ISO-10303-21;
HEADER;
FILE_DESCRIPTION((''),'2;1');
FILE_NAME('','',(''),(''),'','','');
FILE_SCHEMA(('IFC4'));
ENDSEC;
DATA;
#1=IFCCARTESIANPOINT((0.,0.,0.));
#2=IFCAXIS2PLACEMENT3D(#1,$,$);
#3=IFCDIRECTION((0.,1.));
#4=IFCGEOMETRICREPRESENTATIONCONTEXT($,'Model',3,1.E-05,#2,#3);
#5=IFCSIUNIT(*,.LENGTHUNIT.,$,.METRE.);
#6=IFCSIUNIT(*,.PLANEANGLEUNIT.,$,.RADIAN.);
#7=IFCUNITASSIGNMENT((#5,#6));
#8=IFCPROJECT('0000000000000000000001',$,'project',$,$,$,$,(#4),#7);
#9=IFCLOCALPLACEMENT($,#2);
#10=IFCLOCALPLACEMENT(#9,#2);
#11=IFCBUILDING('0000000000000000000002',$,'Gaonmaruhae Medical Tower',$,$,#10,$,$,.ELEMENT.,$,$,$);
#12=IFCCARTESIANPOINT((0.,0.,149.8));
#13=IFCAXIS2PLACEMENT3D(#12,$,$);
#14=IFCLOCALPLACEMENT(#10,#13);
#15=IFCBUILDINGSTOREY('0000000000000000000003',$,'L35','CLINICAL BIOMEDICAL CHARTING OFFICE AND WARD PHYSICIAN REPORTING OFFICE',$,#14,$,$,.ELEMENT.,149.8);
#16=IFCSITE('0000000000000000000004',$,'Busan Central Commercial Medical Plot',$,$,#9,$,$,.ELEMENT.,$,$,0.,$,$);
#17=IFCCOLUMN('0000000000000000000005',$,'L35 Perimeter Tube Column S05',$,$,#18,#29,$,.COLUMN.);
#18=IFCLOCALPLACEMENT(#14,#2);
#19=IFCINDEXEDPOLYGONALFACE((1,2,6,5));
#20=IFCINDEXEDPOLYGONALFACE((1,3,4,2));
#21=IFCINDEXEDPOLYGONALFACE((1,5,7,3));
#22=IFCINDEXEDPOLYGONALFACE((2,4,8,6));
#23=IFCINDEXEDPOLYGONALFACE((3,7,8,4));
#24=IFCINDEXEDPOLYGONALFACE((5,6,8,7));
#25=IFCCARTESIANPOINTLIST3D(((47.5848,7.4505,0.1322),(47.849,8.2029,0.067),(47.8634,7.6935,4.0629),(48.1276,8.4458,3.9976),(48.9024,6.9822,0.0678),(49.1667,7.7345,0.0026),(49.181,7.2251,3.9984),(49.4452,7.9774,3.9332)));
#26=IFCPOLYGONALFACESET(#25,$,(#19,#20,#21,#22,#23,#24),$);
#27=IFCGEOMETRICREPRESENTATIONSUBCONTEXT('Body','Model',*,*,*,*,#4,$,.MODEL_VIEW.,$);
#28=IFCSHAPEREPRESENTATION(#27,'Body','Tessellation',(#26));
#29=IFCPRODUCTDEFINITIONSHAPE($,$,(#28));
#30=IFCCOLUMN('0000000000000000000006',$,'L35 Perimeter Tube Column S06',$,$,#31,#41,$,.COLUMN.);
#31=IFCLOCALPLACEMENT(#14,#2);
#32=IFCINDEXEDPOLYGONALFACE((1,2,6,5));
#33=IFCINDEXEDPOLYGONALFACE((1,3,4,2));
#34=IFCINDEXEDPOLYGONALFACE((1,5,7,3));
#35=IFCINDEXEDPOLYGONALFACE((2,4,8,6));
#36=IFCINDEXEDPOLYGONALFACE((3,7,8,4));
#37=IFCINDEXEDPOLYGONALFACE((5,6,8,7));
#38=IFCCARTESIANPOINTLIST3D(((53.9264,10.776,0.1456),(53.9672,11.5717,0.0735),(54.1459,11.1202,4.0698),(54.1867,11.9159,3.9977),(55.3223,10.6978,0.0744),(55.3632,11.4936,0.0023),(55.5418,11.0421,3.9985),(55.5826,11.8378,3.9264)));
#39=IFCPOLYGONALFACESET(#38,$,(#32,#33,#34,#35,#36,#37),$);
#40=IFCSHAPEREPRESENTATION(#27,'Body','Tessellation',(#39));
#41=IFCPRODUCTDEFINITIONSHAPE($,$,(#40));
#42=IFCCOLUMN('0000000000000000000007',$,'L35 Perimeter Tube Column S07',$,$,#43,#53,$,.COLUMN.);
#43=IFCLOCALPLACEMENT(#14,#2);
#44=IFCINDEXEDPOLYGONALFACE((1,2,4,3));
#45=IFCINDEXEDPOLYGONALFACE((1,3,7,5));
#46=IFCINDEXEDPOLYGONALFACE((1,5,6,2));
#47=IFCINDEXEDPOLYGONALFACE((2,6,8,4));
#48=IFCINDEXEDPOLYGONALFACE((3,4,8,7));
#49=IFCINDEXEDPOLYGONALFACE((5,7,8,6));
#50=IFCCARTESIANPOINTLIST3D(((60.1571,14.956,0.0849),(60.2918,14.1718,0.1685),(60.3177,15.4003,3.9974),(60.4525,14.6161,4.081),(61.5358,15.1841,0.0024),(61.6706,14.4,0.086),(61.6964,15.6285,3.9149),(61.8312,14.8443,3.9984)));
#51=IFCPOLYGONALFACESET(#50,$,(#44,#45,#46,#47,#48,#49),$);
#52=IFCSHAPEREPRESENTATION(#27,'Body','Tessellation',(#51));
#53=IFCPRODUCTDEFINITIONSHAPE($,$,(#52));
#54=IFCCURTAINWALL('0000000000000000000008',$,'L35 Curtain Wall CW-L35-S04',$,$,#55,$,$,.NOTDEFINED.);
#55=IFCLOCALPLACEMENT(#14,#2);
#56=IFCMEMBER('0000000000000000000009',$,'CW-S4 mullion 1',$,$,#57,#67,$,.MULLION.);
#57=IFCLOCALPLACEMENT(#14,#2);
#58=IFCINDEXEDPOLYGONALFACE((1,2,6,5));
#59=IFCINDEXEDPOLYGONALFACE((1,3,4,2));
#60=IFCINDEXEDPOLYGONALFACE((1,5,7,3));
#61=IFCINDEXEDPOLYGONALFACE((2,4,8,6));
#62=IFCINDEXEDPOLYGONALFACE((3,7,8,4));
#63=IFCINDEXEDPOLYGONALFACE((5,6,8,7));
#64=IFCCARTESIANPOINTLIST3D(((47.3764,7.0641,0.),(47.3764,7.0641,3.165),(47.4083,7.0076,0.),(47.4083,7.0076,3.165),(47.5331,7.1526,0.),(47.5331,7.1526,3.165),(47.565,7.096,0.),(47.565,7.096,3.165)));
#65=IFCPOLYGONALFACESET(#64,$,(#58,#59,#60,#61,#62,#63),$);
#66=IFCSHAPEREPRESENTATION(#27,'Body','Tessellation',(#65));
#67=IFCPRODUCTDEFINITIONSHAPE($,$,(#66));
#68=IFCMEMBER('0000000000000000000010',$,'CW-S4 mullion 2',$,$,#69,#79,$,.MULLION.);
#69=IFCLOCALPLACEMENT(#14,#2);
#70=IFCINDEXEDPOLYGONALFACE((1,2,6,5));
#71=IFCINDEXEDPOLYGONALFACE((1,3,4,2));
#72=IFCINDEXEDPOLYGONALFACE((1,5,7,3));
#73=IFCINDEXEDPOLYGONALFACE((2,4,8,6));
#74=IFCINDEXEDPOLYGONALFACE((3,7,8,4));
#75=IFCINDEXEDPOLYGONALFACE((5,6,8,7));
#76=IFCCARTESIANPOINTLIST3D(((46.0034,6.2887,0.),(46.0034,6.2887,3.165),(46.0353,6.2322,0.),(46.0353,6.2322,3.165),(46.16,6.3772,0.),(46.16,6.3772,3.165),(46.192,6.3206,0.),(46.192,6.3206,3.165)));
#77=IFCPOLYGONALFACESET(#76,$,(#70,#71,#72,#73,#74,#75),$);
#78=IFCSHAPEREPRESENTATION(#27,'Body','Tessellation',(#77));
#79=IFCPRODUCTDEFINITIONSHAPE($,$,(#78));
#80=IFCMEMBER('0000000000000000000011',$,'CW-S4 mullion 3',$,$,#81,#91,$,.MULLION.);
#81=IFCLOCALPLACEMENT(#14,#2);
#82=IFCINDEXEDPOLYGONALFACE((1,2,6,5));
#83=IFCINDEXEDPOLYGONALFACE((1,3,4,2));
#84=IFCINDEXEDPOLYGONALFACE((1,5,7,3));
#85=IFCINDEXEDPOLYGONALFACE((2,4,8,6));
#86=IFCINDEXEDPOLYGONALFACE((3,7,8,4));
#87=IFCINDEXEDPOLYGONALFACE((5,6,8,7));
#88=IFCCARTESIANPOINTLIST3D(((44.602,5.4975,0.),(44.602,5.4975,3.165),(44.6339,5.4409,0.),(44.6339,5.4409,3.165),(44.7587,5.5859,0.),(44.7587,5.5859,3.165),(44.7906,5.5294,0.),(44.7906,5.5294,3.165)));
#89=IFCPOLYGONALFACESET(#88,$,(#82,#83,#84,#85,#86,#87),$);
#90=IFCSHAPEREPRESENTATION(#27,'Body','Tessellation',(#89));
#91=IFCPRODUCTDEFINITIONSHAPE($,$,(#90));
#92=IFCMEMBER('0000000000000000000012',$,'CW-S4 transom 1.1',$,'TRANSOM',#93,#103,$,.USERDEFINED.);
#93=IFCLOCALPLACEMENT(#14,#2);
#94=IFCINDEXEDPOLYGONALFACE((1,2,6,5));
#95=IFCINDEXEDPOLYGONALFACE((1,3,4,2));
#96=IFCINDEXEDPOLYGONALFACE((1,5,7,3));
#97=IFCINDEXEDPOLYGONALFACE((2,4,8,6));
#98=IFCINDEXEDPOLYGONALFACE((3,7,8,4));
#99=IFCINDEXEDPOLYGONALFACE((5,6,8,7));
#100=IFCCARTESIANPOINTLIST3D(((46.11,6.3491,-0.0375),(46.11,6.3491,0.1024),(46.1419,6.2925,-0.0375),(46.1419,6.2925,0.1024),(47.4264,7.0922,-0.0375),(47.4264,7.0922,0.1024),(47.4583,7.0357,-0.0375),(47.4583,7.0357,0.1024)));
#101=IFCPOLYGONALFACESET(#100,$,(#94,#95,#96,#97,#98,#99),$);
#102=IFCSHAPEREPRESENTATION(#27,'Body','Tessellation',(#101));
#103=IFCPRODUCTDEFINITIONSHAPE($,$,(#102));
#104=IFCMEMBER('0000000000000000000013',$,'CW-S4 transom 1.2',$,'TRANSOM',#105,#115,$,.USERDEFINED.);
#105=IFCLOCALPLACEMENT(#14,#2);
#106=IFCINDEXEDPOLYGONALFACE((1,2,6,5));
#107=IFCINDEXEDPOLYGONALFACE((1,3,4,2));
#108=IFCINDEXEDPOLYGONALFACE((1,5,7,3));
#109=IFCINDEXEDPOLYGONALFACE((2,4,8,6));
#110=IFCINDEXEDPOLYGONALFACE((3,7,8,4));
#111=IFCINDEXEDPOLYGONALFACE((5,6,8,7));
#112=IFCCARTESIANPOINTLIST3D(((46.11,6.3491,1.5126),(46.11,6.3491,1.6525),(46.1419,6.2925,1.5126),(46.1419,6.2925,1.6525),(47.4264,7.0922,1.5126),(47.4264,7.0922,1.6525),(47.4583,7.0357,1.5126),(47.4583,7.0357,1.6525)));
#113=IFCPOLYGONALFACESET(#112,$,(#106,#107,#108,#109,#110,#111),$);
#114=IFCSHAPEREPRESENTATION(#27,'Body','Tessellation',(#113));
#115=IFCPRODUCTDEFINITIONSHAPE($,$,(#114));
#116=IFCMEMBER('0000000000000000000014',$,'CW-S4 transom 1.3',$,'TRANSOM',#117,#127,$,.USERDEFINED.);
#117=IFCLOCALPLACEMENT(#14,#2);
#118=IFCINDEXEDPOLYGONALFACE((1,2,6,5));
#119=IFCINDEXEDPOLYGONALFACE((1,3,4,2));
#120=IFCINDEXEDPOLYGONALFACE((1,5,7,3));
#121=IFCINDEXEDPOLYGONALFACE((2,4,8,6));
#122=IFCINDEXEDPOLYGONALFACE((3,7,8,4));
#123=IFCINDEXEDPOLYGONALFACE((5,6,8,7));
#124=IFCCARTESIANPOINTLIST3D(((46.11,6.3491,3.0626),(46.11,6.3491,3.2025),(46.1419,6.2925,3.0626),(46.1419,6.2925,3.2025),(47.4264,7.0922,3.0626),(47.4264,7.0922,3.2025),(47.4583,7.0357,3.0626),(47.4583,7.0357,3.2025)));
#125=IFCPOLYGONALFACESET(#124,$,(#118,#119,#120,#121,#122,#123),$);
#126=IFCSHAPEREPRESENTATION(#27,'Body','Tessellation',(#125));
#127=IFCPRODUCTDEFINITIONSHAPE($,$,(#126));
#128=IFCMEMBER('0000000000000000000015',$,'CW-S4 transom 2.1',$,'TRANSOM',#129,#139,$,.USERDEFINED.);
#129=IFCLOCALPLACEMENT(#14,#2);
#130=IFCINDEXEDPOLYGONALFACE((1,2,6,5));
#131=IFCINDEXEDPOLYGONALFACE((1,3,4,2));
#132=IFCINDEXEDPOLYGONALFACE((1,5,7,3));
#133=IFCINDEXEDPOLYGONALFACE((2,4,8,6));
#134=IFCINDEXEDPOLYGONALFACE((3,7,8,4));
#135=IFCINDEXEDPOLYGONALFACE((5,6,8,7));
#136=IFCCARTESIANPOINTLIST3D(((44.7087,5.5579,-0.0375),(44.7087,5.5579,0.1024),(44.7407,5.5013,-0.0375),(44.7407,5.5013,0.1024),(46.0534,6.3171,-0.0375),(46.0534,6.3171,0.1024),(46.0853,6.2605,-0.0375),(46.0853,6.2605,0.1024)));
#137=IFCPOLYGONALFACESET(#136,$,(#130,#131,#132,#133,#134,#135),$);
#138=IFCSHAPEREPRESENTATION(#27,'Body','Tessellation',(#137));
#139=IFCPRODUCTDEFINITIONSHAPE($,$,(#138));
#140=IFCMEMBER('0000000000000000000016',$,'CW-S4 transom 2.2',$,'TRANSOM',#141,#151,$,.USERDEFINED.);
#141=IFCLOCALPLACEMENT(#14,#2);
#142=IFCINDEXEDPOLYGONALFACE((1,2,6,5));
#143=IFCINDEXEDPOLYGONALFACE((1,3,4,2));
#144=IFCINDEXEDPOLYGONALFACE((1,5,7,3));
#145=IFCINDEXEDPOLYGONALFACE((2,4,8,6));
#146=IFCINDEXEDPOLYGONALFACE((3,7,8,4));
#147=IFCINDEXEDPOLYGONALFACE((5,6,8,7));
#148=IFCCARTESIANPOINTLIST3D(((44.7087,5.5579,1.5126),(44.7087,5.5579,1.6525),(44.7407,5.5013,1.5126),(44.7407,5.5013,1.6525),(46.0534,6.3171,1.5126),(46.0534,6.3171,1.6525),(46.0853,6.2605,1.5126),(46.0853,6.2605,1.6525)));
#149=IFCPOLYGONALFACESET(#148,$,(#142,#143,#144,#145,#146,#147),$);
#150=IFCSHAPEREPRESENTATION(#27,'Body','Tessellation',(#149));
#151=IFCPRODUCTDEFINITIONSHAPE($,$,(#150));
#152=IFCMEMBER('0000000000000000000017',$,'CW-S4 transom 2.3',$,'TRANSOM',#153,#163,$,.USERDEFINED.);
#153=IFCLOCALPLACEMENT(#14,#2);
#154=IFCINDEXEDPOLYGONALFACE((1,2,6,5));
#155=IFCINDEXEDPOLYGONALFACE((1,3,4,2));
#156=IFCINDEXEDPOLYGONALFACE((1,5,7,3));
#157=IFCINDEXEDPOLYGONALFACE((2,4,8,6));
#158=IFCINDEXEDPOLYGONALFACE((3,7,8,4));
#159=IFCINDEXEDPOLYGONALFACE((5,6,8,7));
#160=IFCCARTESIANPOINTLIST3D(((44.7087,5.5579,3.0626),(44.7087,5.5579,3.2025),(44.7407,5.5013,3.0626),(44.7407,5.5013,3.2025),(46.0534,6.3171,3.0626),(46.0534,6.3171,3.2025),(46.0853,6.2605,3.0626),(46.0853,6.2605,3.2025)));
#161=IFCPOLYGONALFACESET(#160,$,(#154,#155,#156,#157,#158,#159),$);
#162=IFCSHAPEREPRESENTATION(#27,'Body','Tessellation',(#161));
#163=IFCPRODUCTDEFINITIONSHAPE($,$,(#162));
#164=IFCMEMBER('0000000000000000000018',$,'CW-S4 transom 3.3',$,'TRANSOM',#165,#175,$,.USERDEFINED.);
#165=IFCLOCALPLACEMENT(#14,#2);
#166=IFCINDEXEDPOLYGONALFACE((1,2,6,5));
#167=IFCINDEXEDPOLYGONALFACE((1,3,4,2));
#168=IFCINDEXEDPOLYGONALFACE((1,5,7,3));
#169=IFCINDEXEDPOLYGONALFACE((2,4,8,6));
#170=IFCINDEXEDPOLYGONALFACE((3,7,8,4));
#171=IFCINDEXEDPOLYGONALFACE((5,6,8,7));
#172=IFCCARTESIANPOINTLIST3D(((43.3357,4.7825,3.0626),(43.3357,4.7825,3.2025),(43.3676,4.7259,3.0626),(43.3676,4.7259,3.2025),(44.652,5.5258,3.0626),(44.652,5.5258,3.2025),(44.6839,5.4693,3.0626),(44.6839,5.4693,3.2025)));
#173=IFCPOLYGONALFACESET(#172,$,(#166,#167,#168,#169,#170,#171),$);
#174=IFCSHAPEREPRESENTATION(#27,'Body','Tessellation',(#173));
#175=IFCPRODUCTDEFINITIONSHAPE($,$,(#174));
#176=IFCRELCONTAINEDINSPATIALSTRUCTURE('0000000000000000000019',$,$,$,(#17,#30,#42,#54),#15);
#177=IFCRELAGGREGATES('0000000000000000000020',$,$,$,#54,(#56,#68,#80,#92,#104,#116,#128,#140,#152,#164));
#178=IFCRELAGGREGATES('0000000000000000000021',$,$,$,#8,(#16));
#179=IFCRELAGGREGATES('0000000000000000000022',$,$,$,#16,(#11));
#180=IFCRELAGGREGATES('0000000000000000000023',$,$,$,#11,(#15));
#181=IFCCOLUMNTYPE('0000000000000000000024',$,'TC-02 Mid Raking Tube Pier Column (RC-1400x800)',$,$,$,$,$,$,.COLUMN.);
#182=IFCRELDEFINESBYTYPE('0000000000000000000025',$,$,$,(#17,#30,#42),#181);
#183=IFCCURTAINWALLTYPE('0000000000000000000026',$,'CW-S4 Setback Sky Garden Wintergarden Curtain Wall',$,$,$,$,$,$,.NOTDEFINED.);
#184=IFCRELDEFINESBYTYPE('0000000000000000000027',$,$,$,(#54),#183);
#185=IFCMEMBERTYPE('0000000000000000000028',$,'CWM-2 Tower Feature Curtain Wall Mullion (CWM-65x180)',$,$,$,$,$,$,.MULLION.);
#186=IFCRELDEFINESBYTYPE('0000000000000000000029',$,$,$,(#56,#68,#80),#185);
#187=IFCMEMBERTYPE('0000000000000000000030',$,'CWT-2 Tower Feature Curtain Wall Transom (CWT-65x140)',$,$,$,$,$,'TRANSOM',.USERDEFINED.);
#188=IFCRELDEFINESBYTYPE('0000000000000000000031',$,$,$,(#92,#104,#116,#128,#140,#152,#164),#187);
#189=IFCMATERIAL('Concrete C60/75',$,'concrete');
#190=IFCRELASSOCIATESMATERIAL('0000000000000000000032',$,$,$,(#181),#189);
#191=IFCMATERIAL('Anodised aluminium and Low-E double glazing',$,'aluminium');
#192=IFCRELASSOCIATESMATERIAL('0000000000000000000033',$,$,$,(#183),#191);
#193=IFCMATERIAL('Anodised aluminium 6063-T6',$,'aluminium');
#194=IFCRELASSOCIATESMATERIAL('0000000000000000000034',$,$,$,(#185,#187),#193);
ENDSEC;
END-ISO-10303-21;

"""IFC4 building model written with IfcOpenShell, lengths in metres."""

from ifc_helpers import new_model, si_unit, direction, frame, origin, origin_2d, place, context, subcontext, project, spatial, rectangle, extrude, material, material_profile, profile_set, type_object, element, aggregate, save


model = new_model("IFC4")

# Units and contexts
model_context = context("Model", 3, precision=1e-05, world=origin(), true_north=direction((0.0, 1.0)))
body_context = subcontext(model_context, "Body", "Model", "MODEL_VIEW")
ifc_project = project(units=[si_unit("LENGTHUNIT", "METRE"), si_unit("PLANEANGLEUNIT", "RADIAN")], contexts=[model_context])

# Site, building, storey
site_placement = place(None, origin())
site = spatial("IfcSite", under=ifc_project, at=site_placement, Name="Busan Central Commercial Medical Plot", CompositionType="ELEMENT", RefElevation=0.0)
building_placement = place(site_placement, origin())
building = spatial("IfcBuilding", under=site, at=building_placement, Name="Gaonmaruhae Medical Tower", CompositionType="ELEMENT")
storey_placement = place(building_placement, frame((0.0, 0.0, 149.8)))
storey = spatial("IfcBuildingStorey", under=building, at=storey_placement, Name="L35", Description="CLINICAL BIOMEDICAL CHARTING OFFICE AND WARD PHYSICIAN REPORTING OFFICE", CompositionType="ELEMENT", Elevation=149.8)

# Columns
ifc_material_1 = material(Name="Concrete C60/75", Category="concrete")
ifc_material_profile_1 = material_profile(ifc_material_1, rectangle(XDim=1.3999, YDim=0.8, at=origin_2d()), Name="RC-1400x800")
ifc_profile_set_1 = profile_set([ifc_material_profile_1], Name="Concrete C60/75")
column_type = type_object("IfcColumnType", Name="TC-02 Mid Raking Tube Pier Column (RC-1400x800)", PredefinedType="COLUMN", material=ifc_profile_set_1)
column_1_placement = place(storey_placement, frame((48.3757, 7.5925, 0.0674), z_axis=(0.070558, 0.06153, 0.995608), x_axis=(-0.941246, 0.334571, 0.046029)))
element("IfcColumn", 1, at=column_1_placement, inside=storey, type_object=column_type, Name="L35 Perimeter Tube Column S05", PredefinedType="COLUMN", context=body_context, shape_type="SweptSolid", body=[
    extrude(rectangle(XDim=1.3999, YDim=0.8, at=origin_2d()), origin(), (0.0, 0.0, 1.0), 3.948),
])
column_2_placement = place(storey_placement, frame((54.6448, 11.1348, 0.074), z_axis=(0.055632, 0.087254, 0.994632), x_axis=(-0.997145, 0.055801, 0.050877)))
element("IfcColumn", 2, at=column_2_placement, inside=storey, type_object=column_type, Name="L35 Perimeter Tube Column S06", PredefinedType="COLUMN", context=body_context, shape_type="SweptSolid", body=[
    extrude(rectangle(XDim=1.3999, YDim=0.8, at=origin_2d()), origin(), (0.0, 0.0, 1.0), 3.9453),
])
column_3_placement = place(storey_placement, frame((60.9138, 14.678, 0.0854), z_axis=(0.040762, 0.112746, 0.992787), x_axis=(-0.984868, -0.162971, 0.058945)))
element("IfcColumn", 3, at=column_3_placement, inside=storey, type_object=column_type, Name="L35 Perimeter Tube Column S07", PredefinedType="COLUMN", context=body_context, shape_type="SweptSolid", body=[
    extrude(rectangle(XDim=1.3999, YDim=0.8, at=origin_2d()), origin(), (0.0, 0.0, 1.0), 3.9409),
])

# Curtain wall, members
ifc_material_2 = material(Name="Anodised aluminium and Low-E double glazing", Category="aluminium")
curtain_wall_type = type_object("IfcCurtainWallType", Name="CW-S4 Setback Sky Garden Wintergarden Curtain Wall", PredefinedType="NOTDEFINED", material=ifc_material_2)
curtain_wall_placement = place(storey_placement, origin())
curtain_wall = element("IfcCurtainWall", 4, at=curtain_wall_placement, inside=storey, type_object=curtain_wall_type, Name="L35 Curtain Wall CW-L35-S04", PredefinedType="NOTDEFINED")
ifc_material_3 = material(Name="Anodised aluminium 6063-T6", Category="aluminium")
ifc_material_profile_2 = material_profile(ifc_material_3, rectangle(XDim=0.0649, YDim=0.1799, at=origin_2d()), Name="CWM-65x180")
ifc_profile_set_2 = profile_set([ifc_material_profile_2], Name="Anodised aluminium 6063-T6")
member_type_1 = type_object("IfcMemberType", Name="CWM-2 Tower Feature Curtain Wall Mullion (CWM-65x180)", PredefinedType="MULLION", material=ifc_profile_set_2)
member_1_placement = place(storey_placement, frame((47.4707, 7.0801, 0.0), z_axis=(0.0, 0.0, 1.0), x_axis=(0.491669, -0.870782, 0.0)))
member_1 = element("IfcMember", 5, at=member_1_placement, type_object=member_type_1, Name="CW-S4 mullion 1", PredefinedType="MULLION", context=body_context, shape_type="SweptSolid", body=[
    extrude(rectangle(XDim=0.0649, YDim=0.1799, at=origin_2d()), origin(), (0.0, 0.0, 1.0), 3.165),
])
member_2_placement = place(storey_placement, frame((46.0977, 6.3047, 0.0), z_axis=(0.0, 0.0, 1.0), x_axis=(0.491669, -0.870782, 0.0)))
member_2 = element("IfcMember", 6, at=member_2_placement, type_object=member_type_1, Name="CW-S4 mullion 2", PredefinedType="MULLION", context=body_context, shape_type="SweptSolid", body=[
    extrude(rectangle(XDim=0.0649, YDim=0.1799, at=origin_2d()), origin(), (0.0, 0.0, 1.0), 3.165),
])
member_3_placement = place(storey_placement, frame((44.6963, 5.5134, 0.0), z_axis=(0.0, 0.0, 1.0), x_axis=(0.491669, -0.870782, 0.0)))
member_3 = element("IfcMember", 7, at=member_3_placement, type_object=member_type_1, Name="CW-S4 mullion 3", PredefinedType="MULLION", context=body_context, shape_type="SweptSolid", body=[
    extrude(rectangle(XDim=0.0649, YDim=0.1799, at=origin_2d()), origin(), (0.0, 0.0, 1.0), 3.165),
])
ifc_material_profile_3 = material_profile(ifc_material_3, rectangle(XDim=0.0649, YDim=0.1399, at=origin_2d()), Name="CWT-65x140")
ifc_profile_set_3 = profile_set([ifc_material_profile_3], Name="Anodised aluminium 6063-T6")
member_type_2 = type_object("IfcMemberType", Name="CWT-2 Tower Feature Curtain Wall Transom (CWT-65x140)", ElementType="TRANSOM", PredefinedType="USERDEFINED", material=ifc_profile_set_3)
member_4_placement = place(storey_placement, frame((47.4424, 7.064, 0.0325), z_axis=(-0.870815, -0.49161, 0.0), x_axis=(0.49161, -0.870815, 0.0)))
member_4 = element("IfcMember", 8, at=member_4_placement, type_object=member_type_2, Name="CW-S4 transom 1.1", ObjectType="TRANSOM", PredefinedType="USERDEFINED", context=body_context, shape_type="SweptSolid", body=[
    extrude(rectangle(XDim=0.0649, YDim=0.1399, at=origin_2d()), origin(), (0.0, 0.0, 1.0), 1.5117),
])
member_5_placement = place(storey_placement, frame((47.4424, 7.064, 1.5825), z_axis=(-0.870815, -0.49161, 0.0), x_axis=(0.49161, -0.870815, 0.0)))
member_5 = element("IfcMember", 9, at=member_5_placement, type_object=member_type_2, Name="CW-S4 transom 1.2", ObjectType="TRANSOM", PredefinedType="USERDEFINED", context=body_context, shape_type="SweptSolid", body=[
    extrude(rectangle(XDim=0.0649, YDim=0.1399, at=origin_2d()), origin(), (0.0, 0.0, 1.0), 1.5117),
])
member_6_placement = place(storey_placement, frame((47.4424, 7.064, 3.1326), z_axis=(-0.870815, -0.49161, 0.0), x_axis=(0.49161, -0.870815, 0.0)))
member_6 = element("IfcMember", 10, at=member_6_placement, type_object=member_type_2, Name="CW-S4 transom 1.3", ObjectType="TRANSOM", PredefinedType="USERDEFINED", context=body_context, shape_type="SweptSolid", body=[
    extrude(rectangle(XDim=0.0649, YDim=0.1399, at=origin_2d()), origin(), (0.0, 0.0, 1.0), 1.5117),
])
member_7_placement = place(storey_placement, frame((46.0693, 6.2888, 0.0325), z_axis=(-0.870781, -0.491672, 0.0), x_axis=(0.491672, -0.870781, 0.0)))
member_7 = element("IfcMember", 11, at=member_7_placement, type_object=member_type_2, Name="CW-S4 transom 2.1", ObjectType="TRANSOM", PredefinedType="USERDEFINED", context=body_context, shape_type="SweptSolid", body=[
    extrude(rectangle(XDim=0.0649, YDim=0.1399, at=origin_2d()), origin(), (0.0, 0.0, 1.0), 1.5442),
])
member_8_placement = place(storey_placement, frame((46.0693, 6.2888, 1.5825), z_axis=(-0.870781, -0.491672, 0.0), x_axis=(0.491672, -0.870781, 0.0)))
member_8 = element("IfcMember", 12, at=member_8_placement, type_object=member_type_2, Name="CW-S4 transom 2.2", ObjectType="TRANSOM", PredefinedType="USERDEFINED", context=body_context, shape_type="SweptSolid", body=[
    extrude(rectangle(XDim=0.0649, YDim=0.1399, at=origin_2d()), origin(), (0.0, 0.0, 1.0), 1.5442),
])
member_9_placement = place(storey_placement, frame((46.0693, 6.2888, 3.1326), z_axis=(-0.870781, -0.491672, 0.0), x_axis=(0.491672, -0.870781, 0.0)))
member_9 = element("IfcMember", 13, at=member_9_placement, type_object=member_type_2, Name="CW-S4 transom 2.3", ObjectType="TRANSOM", PredefinedType="USERDEFINED", context=body_context, shape_type="SweptSolid", body=[
    extrude(rectangle(XDim=0.0649, YDim=0.1399, at=origin_2d()), origin(), (0.0, 0.0, 1.0), 1.5442),
])
member_10_placement = place(storey_placement, frame((44.668, 5.4976, 3.1326), z_axis=(-0.870746, -0.491733, 0.0), x_axis=(0.491733, -0.870746, 0.0)))
member_10 = element("IfcMember", 14, at=member_10_placement, type_object=member_type_2, Name="CW-S4 transom 3.3", ObjectType="TRANSOM", PredefinedType="USERDEFINED", context=body_context, shape_type="SweptSolid", body=[
    extrude(rectangle(XDim=0.0649, YDim=0.1399, at=origin_2d()), origin(), (0.0, 0.0, 1.0), 1.5117),
])

aggregate(curtain_wall, [member_1, member_2, member_3, member_4, member_5, member_6, member_7, member_8, member_9, member_10])

save(model, "model.ifc")
